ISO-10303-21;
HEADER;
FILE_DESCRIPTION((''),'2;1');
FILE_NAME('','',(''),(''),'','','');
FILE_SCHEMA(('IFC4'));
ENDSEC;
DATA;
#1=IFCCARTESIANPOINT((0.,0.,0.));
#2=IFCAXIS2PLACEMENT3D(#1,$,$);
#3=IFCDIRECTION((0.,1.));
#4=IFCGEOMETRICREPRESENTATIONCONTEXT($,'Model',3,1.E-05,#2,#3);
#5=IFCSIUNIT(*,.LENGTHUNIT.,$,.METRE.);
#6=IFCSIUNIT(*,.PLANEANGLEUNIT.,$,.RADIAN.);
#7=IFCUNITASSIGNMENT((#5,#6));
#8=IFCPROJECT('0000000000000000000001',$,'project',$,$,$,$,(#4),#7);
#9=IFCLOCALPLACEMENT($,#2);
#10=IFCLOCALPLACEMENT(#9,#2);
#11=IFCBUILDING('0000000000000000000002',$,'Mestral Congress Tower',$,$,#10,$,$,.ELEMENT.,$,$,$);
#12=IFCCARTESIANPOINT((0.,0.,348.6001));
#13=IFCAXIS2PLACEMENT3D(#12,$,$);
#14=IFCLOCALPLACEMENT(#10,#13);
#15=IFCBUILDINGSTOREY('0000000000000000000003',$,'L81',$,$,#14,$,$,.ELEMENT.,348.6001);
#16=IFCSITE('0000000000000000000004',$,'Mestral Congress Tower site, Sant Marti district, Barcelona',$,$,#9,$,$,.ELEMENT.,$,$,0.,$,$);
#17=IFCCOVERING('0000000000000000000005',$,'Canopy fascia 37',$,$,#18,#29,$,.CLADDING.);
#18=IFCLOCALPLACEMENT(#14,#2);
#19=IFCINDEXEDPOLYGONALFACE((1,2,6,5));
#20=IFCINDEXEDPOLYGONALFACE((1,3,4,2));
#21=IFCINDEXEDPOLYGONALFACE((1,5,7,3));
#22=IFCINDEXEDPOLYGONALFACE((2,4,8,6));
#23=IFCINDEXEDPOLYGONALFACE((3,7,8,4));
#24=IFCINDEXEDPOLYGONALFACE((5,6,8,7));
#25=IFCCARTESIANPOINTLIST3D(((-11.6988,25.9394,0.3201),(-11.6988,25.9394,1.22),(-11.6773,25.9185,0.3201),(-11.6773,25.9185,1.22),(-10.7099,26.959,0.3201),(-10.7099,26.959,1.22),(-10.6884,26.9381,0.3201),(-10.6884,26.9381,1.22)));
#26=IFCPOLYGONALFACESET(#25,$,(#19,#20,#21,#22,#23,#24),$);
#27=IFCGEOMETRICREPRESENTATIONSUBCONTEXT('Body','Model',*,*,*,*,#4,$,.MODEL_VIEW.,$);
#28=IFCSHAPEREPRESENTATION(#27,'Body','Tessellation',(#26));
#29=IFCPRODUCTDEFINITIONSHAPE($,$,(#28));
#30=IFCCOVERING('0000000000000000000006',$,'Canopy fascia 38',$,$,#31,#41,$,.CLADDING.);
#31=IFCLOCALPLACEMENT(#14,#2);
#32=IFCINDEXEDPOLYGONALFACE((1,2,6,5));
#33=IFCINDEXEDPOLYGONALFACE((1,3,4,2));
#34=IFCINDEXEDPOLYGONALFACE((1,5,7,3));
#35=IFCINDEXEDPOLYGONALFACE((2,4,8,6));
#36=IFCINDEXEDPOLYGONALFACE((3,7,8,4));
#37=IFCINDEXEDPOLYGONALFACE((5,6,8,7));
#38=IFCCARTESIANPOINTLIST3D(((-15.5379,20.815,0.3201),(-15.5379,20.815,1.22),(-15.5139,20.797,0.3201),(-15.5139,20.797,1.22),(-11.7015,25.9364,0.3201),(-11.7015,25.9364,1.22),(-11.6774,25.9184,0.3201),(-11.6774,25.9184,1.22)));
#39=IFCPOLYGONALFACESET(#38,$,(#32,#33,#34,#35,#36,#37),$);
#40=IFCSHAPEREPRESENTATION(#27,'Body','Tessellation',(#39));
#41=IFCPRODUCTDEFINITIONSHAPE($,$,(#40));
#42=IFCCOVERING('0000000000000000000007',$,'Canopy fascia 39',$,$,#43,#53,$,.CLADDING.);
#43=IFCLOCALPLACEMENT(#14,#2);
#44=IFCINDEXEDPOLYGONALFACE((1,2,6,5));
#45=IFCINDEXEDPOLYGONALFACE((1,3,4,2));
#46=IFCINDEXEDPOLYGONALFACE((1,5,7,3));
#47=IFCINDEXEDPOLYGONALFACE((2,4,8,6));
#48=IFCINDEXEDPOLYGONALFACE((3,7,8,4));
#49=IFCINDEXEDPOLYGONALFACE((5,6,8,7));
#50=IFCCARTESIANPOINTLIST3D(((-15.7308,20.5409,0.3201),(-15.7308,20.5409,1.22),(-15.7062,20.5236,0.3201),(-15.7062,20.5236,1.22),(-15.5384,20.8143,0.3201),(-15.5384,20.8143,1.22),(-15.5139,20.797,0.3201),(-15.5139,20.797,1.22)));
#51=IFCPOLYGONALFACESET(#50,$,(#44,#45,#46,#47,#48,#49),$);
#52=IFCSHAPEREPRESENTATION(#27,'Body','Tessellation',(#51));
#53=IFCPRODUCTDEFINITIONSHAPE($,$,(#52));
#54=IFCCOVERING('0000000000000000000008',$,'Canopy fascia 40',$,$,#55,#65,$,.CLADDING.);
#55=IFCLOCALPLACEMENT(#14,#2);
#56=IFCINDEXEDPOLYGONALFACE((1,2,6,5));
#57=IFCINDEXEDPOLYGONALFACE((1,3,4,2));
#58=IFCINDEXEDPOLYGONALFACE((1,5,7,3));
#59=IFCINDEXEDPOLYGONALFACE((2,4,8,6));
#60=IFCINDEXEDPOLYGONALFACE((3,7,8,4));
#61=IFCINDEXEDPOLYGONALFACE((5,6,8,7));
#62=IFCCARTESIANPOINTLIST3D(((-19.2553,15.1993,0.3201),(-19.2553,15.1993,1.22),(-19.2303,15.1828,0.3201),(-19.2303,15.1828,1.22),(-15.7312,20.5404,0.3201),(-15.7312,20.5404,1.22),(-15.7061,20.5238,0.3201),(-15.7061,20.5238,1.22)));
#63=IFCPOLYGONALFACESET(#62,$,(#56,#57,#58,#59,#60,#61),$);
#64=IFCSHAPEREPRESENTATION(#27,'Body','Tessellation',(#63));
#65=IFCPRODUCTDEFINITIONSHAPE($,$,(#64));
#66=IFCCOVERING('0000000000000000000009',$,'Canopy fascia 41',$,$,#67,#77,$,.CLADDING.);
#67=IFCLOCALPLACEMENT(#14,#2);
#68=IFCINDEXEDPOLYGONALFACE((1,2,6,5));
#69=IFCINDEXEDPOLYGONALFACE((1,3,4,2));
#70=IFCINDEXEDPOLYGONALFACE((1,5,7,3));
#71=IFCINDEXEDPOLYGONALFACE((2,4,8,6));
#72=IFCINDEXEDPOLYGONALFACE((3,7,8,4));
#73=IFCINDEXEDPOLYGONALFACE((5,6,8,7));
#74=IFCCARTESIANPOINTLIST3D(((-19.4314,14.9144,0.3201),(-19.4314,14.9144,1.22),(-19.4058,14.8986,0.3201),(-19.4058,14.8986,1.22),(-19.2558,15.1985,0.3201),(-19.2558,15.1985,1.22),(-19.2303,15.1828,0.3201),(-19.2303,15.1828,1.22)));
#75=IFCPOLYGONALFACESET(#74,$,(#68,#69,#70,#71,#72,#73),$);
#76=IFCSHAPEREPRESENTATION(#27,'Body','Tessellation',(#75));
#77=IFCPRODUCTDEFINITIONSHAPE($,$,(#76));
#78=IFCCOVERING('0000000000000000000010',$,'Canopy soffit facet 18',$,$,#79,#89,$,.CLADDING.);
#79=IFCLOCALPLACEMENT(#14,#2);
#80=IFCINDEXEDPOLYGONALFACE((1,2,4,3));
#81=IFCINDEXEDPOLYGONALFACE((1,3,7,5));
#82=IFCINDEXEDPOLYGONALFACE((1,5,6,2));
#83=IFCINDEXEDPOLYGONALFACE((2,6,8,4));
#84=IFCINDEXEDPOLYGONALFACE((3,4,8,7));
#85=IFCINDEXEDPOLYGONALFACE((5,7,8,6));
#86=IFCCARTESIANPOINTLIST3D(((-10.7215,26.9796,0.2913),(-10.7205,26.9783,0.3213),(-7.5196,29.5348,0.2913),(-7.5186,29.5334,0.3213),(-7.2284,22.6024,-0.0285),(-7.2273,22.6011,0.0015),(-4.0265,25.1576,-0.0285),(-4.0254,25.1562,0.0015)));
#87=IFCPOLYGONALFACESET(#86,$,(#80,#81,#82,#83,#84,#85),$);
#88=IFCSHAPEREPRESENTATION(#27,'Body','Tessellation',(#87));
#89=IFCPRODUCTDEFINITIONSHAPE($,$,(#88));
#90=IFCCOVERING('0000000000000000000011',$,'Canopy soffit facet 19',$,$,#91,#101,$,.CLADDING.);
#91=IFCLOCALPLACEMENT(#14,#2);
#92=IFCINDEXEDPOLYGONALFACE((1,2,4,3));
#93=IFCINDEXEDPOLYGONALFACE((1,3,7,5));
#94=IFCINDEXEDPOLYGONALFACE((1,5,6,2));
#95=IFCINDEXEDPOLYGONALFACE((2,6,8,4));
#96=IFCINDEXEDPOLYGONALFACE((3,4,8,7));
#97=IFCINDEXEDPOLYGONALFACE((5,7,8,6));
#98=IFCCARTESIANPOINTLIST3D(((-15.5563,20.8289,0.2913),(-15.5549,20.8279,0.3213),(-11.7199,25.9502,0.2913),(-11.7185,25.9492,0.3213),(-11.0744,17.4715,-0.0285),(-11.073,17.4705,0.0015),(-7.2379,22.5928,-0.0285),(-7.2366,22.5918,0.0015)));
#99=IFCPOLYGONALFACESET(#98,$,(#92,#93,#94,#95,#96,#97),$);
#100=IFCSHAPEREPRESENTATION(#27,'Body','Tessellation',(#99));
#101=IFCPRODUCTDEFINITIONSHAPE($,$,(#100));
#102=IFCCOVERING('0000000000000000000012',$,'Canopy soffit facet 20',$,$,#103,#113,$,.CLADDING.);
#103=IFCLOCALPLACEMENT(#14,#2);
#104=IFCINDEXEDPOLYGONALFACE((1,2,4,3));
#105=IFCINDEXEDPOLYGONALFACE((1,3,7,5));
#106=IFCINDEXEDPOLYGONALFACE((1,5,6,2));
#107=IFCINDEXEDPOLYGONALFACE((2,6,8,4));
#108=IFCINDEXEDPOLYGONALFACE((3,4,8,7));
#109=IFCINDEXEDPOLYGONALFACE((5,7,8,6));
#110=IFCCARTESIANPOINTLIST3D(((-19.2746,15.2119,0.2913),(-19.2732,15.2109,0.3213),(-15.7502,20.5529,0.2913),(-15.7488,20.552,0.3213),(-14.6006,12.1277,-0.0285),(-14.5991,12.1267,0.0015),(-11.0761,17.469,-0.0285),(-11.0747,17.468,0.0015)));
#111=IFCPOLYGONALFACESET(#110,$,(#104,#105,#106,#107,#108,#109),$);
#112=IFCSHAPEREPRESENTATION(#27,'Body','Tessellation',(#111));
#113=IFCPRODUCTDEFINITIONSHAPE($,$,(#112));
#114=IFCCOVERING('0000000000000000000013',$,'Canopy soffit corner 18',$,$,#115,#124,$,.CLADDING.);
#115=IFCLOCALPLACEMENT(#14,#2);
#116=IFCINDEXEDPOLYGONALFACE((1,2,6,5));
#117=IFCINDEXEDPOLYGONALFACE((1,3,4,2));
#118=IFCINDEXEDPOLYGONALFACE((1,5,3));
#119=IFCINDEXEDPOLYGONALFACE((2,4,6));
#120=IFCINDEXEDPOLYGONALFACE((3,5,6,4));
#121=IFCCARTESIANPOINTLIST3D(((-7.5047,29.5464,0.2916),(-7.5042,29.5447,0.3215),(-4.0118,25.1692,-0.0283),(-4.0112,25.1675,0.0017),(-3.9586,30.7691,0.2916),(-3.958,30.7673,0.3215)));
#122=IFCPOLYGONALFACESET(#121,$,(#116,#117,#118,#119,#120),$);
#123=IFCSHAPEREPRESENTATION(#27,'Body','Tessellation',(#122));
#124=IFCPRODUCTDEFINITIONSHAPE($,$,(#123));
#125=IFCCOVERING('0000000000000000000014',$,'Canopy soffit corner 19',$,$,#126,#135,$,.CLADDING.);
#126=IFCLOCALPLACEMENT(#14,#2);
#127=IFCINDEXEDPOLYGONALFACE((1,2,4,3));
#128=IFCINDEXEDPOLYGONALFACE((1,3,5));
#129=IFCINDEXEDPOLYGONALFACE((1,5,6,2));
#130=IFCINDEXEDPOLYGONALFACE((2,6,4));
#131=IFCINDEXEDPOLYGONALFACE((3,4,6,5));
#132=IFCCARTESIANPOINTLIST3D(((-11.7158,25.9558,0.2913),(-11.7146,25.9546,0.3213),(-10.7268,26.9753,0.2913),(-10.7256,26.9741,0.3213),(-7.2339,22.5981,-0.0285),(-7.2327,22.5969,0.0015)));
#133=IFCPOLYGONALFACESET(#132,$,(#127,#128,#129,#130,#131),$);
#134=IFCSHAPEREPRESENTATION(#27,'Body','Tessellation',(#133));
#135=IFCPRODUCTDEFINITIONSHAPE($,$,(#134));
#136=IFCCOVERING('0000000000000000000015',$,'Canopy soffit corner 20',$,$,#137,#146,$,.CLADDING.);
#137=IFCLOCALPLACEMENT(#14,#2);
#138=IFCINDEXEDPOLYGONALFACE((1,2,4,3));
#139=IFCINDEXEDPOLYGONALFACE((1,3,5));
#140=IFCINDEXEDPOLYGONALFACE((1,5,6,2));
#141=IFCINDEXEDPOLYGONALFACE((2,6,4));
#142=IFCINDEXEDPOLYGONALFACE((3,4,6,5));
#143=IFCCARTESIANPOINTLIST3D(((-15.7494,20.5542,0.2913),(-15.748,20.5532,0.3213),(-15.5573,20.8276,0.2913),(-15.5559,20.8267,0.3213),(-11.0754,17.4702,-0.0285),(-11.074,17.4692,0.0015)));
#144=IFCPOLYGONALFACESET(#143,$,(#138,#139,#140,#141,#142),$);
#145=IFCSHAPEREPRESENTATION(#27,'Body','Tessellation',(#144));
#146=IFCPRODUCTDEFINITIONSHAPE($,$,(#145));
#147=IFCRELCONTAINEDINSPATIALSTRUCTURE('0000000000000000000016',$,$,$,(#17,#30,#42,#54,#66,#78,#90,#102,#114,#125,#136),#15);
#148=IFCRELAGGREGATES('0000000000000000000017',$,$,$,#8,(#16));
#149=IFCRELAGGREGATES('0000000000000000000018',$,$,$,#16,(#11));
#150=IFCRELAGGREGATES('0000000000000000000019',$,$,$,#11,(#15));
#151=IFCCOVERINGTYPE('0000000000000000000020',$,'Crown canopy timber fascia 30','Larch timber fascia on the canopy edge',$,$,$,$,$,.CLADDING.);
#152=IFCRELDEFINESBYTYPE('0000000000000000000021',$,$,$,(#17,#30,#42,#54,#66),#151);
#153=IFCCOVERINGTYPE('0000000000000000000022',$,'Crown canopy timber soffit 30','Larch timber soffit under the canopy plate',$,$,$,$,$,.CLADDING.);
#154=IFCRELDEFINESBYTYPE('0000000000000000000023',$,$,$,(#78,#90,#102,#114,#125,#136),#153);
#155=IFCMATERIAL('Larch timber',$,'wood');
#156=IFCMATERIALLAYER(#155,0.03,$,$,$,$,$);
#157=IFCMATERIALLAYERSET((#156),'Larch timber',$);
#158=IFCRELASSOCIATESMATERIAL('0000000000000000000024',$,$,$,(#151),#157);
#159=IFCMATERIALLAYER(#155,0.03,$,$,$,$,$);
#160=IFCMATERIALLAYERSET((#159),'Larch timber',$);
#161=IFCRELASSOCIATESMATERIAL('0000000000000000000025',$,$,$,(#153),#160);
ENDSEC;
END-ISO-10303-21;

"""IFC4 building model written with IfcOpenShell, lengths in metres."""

from ifc_helpers import new_model, si_unit, direction, frame, origin, origin_2d, place, context, subcontext, project, spatial, polyline, rectangle, outline, extrude, material, layer, layer_set, type_object, element, save


model = new_model("IFC4")

# Units and contexts
model_context = context("Model", 3, precision=1e-05, world=origin(), true_north=direction((0.0, 1.0)))
body_context = subcontext(model_context, "Body", "Model", "MODEL_VIEW")
ifc_project = project(units=[si_unit("LENGTHUNIT", "METRE"), si_unit("PLANEANGLEUNIT", "RADIAN")], contexts=[model_context])

# Site, building, storey
site_placement = place(None, origin())
site = spatial("IfcSite", under=ifc_project, at=site_placement, Name="Mestral Congress Tower site, Sant Marti district, Barcelona", CompositionType="ELEMENT", RefElevation=0.0)
building_placement = place(site_placement, origin())
building = spatial("IfcBuilding", under=site, at=building_placement, Name="Mestral Congress Tower", CompositionType="ELEMENT")
storey_placement = place(building_placement, frame((0.0, 0.0, 348.6001)))
storey = spatial("IfcBuildingStorey", under=building, at=storey_placement, Name="L81", CompositionType="ELEMENT", Elevation=348.6001)

# Coverings
ifc_material_1 = material(Name="Larch timber", Category="wood")
ifc_layer_1 = layer(ifc_material_1, 0.03)
ifc_layer_set_1 = layer_set([ifc_layer_1], Name="Larch timber")
covering_type_1 = type_object("IfcCoveringType", Name="Crown canopy timber fascia 30", Description="Larch timber fascia on the canopy edge", PredefinedType="CLADDING", material=ifc_layer_set_1)
covering_1_placement = place(storey_placement, frame((-11.1936, 26.4387, 0.3201), z_axis=(0.0, 0.0, 1.0), x_axis=(-0.696211, -0.717837, 0.0)))
element("IfcCovering", 1, at=covering_1_placement, inside=storey, type_object=covering_type_1, Name="Canopy fascia 37", PredefinedType="CLADDING", context=body_context, shape_type="SweptSolid", body=[
    extrude(rectangle(XDim=1.4204, YDim=0.03, at=origin_2d()), origin(), (0.0, 0.0, 1.0), 0.8999),
])
covering_2_placement = place(storey_placement, frame((-13.6077, 23.3667, 0.3201), z_axis=(0.0, 0.0, 1.0), x_axis=(-0.599545, -0.800341, 0.0)))
element("IfcCovering", 2, at=covering_2_placement, inside=storey, type_object=covering_type_1, Name="Canopy fascia 38", PredefinedType="CLADDING", context=body_context, shape_type="SweptSolid", body=[
    extrude(rectangle(XDim=6.3989, YDim=0.03, at=origin_2d()), origin(), (0.0, 0.0, 1.0), 0.8999),
])
covering_3_placement = place(storey_placement, frame((-15.6223, 20.6689, 0.3201), z_axis=(0.0, 0.0, 1.0), x_axis=(-0.575399, -0.817873, 0.0)))
element("IfcCovering", 3, at=covering_3_placement, inside=storey, type_object=covering_type_1, Name="Canopy fascia 39", PredefinedType="CLADDING", context=body_context, shape_type="SweptSolid", body=[
    extrude(rectangle(XDim=0.3342, YDim=0.03, at=origin_2d()), origin(), (0.0, 0.0, 1.0), 0.8999),
])
covering_4_placement = place(storey_placement, frame((-17.4807, 17.8616, 0.3201), z_axis=(0.0, 0.0, 1.0), x_axis=(-0.550742, -0.834676, 0.0)))
element("IfcCovering", 4, at=covering_4_placement, inside=storey, type_object=covering_type_1, Name="Canopy fascia 40", PredefinedType="CLADDING", context=body_context, shape_type="SweptSolid", body=[
    extrude(rectangle(XDim=6.3989, YDim=0.03, at=origin_2d()), origin(), (0.0, 0.0, 1.0), 0.8999),
])
covering_5_placement = place(storey_placement, frame((-19.3308, 15.0486, 0.3201), z_axis=(0.0, 0.0, 1.0), x_axis=(-0.525607, -0.850728, 0.0)))
element("IfcCovering", 5, at=covering_5_placement, inside=storey, type_object=covering_type_1, Name="Canopy fascia 41", PredefinedType="CLADDING", context=body_context, shape_type="SweptSolid", body=[
    extrude(rectangle(XDim=0.334, YDim=0.03, at=origin_2d()), origin(), (0.0, 0.0, 1.0), 0.8999),
])
ifc_layer_2 = layer(ifc_material_1, 0.03)
ifc_layer_set_2 = layer_set([ifc_layer_2], Name="Larch timber")
covering_type_2 = type_object("IfcCoveringType", Name="Crown canopy timber soffit 30", Description="Larch timber soffit under the canopy plate", PredefinedType="CLADDING", material=ifc_layer_set_2)
covering_6_placement = place(storey_placement, frame((-4.0254, 25.1562, 0.0015), z_axis=(0.035564, -0.044566, 0.998373), x_axis=(-0.781624, -0.62375, 0.0)))
element("IfcCovering", 6, at=covering_6_placement, inside=storey, type_object=covering_type_2, Name="Canopy soffit facet 18", PredefinedType="CLADDING", context=body_context, shape_type="SweptSolid", body=[
    extrude(outline(polyline([(0.0, 0.0), (4.0965, 0.0), (4.0965, -5.6093), (0.0001, -5.6093), (0.0, 0.0)])), origin(), (0.0, 0.0, -1.0), 0.03),
])
covering_7_placement = place(storey_placement, frame((-7.2366, 22.5918, 0.0015), z_axis=(0.045634, -0.034185, 0.998373), x_axis=(-0.599542, -0.800343, 0.0)))
element("IfcCovering", 7, at=covering_7_placement, inside=storey, type_object=covering_type_2, Name="Canopy soffit facet 19", PredefinedType="CLADDING", context=body_context, shape_type="SweptSolid", body=[
    extrude(outline(polyline([(0.0, 0.0), (6.3989, 0.0), (6.3989, -5.6091), (0.0, -5.6091), (0.0, 0.0)])), origin(), (0.0, 0.0, -1.0), 0.03),
])
covering_8_placement = place(storey_placement, frame((-11.0747, 17.468, 0.0015), z_axis=(0.047592, -0.031404, 0.998373), x_axis=(-0.55075, -0.83467, -0.000001)))
element("IfcCovering", 8, at=covering_8_placement, inside=storey, type_object=covering_type_2, Name="Canopy soffit facet 20", PredefinedType="CLADDING", context=body_context, shape_type="SweptSolid", body=[
    extrude(outline(polyline([(0.0, 0.0), (6.3993, 0.0), (6.3992, -5.6091), (0.0001, -5.6089), (0.0, 0.0)])), origin(), (0.0, 0.0, -1.0), 0.03),
])
covering_9_placement = place(storey_placement, frame((-4.0112, 25.1675, 0.0017), z_axis=(0.01972, -0.057196, 0.998168), x_axis=(0.009488, 0.998328, 0.057017)))
element("IfcCovering", 9, at=covering_9_placement, inside=storey, type_object=covering_type_2, Name="Canopy soffit corner 18", PredefinedType="CLADDING", context=body_context, shape_type="SweptSolid", body=[
    extrude(outline(polyline([(0.0, 0.0), (5.6092, 0.0), (4.355, 3.5351), (0.0, 0.0)])), origin(), (0.0, 0.0, -1.0), 0.03),
])
covering_10_placement = place(storey_placement, frame((-7.2327, 22.5969, 0.0015), z_axis=(0.041257, -0.040023, 0.998347), x_axis=(-0.622718, 0.780366, 0.057018)))
element("IfcCovering", 10, at=covering_10_placement, inside=storey, type_object=covering_type_2, Name="Canopy soffit corner 19", PredefinedType="CLADDING", context=body_context, shape_type="SweptSolid", body=[
    extrude(outline(polyline([(0.0, 0.0), (5.6092, 0.0), (5.4294, 1.409), (0.0, 0.0)])), origin(), (0.0, 0.0, -1.0), 0.03),
])
covering_11_placement = place(storey_placement, frame((-11.074, 17.4692, 0.0015), z_axis=(0.046674, -0.032797, 0.998372), x_axis=(-0.799043, 0.598564, 0.057019)))
element("IfcCovering", 11, at=covering_11_placement, inside=storey, type_object=covering_type_2, Name="Canopy soffit corner 20", PredefinedType="CLADDING", context=body_context, shape_type="SweptSolid", body=[
    extrude(outline(polyline([(0.0, 0.0), (5.6091, 0.0), (5.599, 0.334), (0.0, 0.0)])), origin(), (0.0, 0.0, -1.0), 0.03),
])

save(model, "model.ifc")
